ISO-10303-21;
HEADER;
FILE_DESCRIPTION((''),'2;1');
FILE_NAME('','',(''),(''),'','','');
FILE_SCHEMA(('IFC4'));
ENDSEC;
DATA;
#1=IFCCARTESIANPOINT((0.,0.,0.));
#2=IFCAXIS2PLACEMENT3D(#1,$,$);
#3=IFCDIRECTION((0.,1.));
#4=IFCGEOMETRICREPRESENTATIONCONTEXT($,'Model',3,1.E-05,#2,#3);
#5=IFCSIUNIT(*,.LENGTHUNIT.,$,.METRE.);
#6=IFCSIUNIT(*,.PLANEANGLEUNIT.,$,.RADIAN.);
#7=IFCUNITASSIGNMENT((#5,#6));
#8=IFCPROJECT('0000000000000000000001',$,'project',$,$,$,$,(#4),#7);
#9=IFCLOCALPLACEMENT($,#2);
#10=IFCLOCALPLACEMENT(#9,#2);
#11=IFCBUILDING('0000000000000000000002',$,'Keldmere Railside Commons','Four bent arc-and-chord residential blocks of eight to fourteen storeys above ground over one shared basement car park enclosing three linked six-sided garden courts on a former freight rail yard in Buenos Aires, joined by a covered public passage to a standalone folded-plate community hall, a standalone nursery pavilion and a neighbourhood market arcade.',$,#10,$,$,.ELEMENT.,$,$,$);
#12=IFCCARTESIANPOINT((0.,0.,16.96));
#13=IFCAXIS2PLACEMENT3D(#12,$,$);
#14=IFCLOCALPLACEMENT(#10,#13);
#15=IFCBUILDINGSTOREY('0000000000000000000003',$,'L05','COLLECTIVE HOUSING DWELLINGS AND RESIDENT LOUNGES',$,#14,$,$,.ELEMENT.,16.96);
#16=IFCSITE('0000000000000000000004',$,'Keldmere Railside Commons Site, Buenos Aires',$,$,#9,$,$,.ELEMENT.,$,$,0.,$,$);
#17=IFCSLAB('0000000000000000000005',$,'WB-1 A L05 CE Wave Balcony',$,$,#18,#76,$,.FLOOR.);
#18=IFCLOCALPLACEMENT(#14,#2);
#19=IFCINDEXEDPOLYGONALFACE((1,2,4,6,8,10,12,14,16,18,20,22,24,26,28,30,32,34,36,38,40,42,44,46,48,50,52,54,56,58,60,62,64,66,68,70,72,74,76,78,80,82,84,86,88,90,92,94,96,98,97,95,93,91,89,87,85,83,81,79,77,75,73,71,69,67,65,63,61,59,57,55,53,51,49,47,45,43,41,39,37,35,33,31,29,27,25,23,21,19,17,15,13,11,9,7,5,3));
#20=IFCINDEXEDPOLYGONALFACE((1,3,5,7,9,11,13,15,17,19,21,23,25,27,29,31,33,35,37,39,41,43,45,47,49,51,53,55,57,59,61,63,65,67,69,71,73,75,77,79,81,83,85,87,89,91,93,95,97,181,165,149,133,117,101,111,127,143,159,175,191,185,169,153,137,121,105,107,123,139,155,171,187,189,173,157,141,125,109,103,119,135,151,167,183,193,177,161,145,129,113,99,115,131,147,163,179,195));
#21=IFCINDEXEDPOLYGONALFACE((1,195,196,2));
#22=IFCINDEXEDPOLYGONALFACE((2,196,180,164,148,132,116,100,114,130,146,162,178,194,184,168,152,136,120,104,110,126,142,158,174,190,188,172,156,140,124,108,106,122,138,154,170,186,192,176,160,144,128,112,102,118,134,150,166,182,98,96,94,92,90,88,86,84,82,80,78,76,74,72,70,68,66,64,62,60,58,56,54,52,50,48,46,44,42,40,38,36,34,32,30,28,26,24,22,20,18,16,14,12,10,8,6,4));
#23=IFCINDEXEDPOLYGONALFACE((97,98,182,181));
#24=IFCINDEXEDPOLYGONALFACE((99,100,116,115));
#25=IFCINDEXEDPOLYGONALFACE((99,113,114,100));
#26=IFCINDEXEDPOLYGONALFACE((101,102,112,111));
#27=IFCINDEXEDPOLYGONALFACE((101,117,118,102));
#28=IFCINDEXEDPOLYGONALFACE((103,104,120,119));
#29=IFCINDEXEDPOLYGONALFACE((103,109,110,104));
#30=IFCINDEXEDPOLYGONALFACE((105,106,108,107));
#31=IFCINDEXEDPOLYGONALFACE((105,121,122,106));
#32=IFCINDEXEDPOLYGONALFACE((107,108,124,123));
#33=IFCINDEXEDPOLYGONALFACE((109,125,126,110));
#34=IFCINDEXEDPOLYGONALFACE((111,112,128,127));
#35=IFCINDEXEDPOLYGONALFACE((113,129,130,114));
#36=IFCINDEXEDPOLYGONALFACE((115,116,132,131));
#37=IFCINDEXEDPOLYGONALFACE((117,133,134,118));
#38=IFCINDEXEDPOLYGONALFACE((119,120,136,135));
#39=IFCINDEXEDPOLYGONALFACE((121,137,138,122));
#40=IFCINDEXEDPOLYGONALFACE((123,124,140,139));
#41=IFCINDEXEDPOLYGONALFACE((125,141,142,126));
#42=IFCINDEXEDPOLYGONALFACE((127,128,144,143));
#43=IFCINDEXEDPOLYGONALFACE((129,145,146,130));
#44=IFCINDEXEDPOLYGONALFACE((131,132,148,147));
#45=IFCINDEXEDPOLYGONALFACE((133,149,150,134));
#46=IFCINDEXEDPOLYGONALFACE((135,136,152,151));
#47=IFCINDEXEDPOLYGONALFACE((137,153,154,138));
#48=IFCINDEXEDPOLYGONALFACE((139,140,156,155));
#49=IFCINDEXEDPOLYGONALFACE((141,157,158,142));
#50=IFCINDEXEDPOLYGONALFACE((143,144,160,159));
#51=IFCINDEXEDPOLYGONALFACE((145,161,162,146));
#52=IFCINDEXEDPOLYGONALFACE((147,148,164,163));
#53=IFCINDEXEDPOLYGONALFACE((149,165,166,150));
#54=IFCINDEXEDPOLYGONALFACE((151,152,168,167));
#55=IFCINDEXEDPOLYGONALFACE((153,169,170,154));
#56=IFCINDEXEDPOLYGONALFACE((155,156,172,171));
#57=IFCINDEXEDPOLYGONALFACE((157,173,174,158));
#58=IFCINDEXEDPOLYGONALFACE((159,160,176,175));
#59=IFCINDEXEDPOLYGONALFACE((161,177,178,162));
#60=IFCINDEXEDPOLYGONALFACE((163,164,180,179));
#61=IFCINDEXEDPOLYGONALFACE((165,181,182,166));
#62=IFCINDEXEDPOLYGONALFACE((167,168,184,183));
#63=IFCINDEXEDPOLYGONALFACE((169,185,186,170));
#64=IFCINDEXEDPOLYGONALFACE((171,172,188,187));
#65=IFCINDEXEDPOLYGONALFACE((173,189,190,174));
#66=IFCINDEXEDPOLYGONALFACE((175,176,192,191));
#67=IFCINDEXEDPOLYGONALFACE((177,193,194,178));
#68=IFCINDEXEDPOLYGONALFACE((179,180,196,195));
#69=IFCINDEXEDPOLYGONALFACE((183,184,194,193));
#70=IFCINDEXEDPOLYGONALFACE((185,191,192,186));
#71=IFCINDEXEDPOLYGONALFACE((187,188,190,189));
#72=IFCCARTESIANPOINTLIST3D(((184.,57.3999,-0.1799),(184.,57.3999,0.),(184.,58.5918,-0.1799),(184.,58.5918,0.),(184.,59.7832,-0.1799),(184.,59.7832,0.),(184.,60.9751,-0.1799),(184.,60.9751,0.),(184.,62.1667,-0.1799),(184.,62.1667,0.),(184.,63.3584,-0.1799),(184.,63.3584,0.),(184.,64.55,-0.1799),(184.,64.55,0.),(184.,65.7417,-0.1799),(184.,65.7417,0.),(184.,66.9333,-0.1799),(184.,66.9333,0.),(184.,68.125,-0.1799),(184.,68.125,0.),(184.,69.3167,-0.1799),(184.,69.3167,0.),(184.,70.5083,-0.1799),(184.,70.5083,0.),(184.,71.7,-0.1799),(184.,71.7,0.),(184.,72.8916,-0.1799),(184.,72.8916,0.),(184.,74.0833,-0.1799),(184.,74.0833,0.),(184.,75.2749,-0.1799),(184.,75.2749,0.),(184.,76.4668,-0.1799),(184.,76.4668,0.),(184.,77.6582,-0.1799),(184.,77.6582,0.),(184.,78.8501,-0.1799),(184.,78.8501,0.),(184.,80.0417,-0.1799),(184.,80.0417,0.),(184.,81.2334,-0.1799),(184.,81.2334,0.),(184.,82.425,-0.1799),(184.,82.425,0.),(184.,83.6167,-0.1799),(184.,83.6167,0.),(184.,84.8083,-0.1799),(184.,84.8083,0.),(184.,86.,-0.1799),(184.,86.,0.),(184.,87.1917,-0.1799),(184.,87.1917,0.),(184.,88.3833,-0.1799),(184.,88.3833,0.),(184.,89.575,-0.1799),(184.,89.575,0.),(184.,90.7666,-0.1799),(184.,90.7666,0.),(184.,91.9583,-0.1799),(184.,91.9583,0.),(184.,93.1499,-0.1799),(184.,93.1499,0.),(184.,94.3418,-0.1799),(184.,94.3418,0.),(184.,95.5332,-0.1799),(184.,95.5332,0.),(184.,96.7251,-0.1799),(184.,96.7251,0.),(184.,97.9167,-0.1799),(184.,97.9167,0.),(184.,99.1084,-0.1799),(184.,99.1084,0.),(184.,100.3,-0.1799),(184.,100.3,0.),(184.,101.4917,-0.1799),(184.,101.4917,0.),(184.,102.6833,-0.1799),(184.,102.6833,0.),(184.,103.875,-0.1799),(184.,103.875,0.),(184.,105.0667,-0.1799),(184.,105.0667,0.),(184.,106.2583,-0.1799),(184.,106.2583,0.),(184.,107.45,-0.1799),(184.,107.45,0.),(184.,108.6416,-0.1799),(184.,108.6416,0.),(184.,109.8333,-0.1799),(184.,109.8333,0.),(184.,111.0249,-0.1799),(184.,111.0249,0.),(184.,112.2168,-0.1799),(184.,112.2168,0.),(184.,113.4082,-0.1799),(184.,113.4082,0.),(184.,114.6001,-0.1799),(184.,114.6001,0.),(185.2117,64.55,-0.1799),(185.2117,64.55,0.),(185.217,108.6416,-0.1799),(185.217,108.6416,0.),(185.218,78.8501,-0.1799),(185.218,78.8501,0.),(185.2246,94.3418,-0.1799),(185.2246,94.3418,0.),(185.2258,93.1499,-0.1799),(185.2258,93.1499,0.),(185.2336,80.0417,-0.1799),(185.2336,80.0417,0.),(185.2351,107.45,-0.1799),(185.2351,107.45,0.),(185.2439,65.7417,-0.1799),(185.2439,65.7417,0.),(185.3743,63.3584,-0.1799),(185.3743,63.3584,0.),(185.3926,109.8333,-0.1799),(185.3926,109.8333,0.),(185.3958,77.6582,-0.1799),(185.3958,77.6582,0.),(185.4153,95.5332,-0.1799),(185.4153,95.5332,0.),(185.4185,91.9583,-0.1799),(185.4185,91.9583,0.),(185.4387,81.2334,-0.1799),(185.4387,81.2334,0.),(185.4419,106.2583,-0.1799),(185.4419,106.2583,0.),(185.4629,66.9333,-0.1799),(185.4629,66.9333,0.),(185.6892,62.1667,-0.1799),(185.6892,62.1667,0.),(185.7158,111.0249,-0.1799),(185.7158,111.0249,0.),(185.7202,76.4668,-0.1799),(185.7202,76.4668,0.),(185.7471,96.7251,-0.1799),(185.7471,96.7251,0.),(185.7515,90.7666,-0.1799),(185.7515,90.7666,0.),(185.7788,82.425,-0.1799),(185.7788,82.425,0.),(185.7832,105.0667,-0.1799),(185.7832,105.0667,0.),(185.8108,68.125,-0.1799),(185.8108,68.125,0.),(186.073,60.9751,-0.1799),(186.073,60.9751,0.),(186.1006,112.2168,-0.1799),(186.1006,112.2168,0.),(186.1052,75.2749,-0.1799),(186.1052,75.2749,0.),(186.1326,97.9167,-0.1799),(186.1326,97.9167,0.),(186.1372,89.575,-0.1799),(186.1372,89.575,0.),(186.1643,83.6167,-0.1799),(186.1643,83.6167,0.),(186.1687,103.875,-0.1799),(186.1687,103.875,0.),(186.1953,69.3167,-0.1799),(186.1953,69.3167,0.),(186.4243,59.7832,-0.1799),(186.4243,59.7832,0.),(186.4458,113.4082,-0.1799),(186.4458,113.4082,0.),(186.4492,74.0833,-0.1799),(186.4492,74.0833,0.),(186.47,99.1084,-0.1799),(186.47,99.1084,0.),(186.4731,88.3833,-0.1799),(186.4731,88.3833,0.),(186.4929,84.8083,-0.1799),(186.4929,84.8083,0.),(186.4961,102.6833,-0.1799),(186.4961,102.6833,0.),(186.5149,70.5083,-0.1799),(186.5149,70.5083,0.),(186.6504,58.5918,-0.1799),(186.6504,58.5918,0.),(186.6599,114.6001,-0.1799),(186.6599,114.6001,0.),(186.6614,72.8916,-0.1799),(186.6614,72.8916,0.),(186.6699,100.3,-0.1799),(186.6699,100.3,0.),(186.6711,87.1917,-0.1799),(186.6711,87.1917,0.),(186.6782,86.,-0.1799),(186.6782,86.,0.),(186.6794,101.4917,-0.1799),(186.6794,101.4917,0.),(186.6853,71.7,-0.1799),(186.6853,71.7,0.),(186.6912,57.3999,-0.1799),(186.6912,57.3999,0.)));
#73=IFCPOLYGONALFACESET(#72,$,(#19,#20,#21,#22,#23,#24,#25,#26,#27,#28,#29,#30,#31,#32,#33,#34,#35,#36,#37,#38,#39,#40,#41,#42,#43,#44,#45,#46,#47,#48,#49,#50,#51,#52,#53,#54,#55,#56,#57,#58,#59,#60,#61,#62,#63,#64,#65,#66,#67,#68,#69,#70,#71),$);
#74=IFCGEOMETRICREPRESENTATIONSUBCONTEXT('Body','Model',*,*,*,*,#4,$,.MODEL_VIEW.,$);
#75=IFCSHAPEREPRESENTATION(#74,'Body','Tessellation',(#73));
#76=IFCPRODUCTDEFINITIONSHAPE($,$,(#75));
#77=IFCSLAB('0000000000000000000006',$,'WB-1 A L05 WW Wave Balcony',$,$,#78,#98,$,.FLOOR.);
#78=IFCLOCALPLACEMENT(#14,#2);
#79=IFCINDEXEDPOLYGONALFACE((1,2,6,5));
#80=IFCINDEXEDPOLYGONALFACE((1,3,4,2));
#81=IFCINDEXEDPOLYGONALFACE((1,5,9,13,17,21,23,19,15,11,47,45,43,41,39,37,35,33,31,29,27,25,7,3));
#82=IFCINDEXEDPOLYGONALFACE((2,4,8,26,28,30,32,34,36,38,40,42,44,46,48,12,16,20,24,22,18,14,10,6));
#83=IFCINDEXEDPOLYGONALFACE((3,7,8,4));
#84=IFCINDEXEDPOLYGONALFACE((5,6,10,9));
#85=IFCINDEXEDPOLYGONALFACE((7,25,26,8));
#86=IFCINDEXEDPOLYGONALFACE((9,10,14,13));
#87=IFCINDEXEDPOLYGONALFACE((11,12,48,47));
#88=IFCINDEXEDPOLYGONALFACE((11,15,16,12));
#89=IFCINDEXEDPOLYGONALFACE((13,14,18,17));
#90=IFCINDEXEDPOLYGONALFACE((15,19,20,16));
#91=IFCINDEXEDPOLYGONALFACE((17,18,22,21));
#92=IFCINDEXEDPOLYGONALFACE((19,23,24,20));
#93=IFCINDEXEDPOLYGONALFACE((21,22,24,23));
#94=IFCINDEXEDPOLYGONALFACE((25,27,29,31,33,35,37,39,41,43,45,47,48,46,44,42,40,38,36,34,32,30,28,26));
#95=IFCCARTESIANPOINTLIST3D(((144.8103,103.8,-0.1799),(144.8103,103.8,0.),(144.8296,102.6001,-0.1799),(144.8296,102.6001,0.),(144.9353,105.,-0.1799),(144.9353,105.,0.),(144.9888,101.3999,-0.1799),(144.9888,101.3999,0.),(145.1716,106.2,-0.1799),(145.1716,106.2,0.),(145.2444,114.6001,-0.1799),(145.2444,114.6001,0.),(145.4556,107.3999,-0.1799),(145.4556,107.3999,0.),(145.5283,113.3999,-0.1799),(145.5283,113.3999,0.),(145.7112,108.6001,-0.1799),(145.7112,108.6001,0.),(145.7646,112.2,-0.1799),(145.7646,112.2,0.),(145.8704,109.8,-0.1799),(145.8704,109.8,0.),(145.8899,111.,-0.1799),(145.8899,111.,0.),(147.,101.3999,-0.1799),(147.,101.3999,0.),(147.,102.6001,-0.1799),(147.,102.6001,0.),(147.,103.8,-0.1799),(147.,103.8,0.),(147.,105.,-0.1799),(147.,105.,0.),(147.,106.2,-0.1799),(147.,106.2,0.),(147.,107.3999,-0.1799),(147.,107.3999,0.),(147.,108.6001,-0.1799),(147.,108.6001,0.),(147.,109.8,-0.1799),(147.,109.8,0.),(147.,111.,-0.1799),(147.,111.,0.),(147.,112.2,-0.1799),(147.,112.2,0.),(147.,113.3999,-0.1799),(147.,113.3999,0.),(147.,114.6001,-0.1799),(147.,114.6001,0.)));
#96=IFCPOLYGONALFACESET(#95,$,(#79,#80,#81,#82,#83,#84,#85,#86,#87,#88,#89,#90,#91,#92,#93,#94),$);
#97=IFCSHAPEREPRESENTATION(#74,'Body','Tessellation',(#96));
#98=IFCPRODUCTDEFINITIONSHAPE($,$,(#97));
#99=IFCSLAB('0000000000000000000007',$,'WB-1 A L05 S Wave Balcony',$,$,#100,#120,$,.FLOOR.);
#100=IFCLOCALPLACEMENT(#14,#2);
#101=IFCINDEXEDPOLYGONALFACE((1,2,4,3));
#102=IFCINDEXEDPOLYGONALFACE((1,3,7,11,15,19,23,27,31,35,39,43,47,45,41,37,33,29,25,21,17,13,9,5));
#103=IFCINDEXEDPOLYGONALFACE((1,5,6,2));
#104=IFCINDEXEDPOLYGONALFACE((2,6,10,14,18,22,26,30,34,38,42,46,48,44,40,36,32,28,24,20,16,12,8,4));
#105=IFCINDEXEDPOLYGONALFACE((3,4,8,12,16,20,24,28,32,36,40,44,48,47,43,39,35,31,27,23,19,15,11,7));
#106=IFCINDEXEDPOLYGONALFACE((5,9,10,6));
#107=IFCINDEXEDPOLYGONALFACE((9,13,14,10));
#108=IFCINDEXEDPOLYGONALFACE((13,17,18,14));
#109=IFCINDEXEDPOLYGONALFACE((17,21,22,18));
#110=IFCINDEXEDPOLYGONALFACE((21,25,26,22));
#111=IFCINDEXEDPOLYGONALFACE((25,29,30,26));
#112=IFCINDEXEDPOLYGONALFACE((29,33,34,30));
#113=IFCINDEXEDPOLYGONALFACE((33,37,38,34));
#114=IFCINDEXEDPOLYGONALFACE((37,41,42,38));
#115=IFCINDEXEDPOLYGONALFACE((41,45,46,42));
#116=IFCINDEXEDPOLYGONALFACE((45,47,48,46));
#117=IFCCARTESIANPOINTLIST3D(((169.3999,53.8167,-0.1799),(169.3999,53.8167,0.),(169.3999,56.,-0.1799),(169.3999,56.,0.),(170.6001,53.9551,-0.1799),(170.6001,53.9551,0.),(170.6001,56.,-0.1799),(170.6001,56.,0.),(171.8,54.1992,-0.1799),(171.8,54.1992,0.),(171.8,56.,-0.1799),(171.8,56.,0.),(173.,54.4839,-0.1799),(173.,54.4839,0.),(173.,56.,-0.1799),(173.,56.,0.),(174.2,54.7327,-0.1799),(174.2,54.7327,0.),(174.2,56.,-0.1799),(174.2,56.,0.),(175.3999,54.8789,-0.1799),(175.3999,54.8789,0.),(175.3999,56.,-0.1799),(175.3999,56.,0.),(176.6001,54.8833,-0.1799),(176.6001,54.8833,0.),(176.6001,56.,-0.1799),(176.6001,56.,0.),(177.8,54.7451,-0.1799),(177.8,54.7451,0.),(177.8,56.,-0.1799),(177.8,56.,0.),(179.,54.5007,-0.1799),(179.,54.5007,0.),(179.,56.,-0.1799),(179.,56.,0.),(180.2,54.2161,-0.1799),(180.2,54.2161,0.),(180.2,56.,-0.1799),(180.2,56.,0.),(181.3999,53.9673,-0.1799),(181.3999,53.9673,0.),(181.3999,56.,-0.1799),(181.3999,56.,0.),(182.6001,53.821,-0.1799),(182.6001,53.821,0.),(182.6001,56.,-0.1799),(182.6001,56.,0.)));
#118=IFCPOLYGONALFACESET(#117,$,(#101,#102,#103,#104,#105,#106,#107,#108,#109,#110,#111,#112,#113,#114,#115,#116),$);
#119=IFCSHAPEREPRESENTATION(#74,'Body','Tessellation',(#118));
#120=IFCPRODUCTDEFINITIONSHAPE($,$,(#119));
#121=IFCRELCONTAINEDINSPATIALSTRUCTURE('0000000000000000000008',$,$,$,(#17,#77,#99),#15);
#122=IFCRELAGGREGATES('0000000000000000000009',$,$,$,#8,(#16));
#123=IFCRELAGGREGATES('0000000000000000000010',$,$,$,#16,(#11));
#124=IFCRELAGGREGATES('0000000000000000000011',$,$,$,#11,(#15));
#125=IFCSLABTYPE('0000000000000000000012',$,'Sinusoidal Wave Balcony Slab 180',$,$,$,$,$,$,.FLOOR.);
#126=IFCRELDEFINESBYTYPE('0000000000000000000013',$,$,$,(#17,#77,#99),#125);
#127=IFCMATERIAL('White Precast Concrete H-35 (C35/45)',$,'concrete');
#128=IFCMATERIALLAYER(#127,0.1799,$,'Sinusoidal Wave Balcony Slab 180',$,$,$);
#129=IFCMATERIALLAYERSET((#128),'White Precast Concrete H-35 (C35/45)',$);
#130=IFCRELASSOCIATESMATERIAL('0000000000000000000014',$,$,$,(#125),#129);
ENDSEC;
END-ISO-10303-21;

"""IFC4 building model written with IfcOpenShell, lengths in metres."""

from ifc_helpers import new_model, si_unit, direction, frame, origin, place, context, subcontext, project, spatial, polyline, outline, extrude, material, layer, layer_set, type_object, element, save


model = new_model("IFC4")

# Units and contexts
model_context = context("Model", 3, precision=1e-05, world=origin(), true_north=direction((0.0, 1.0)))
body_context = subcontext(model_context, "Body", "Model", "MODEL_VIEW")
ifc_project = project(units=[si_unit("LENGTHUNIT", "METRE"), si_unit("PLANEANGLEUNIT", "RADIAN")], contexts=[model_context])

# Site, building, storey
site_placement = place(None, origin())
site = spatial("IfcSite", under=ifc_project, at=site_placement, Name="Keldmere Railside Commons Site, Buenos Aires", CompositionType="ELEMENT", RefElevation=0.0)
building_placement = place(site_placement, origin())
building = spatial("IfcBuilding", under=site, at=building_placement, Name="Keldmere Railside Commons", Description="Four bent arc-and-chord residential blocks of eight to fourteen storeys above ground over one shared basement car park enclosing three linked six-sided garden courts on a former freight rail yard in Buenos Aires, joined by a covered public passage to a standalone folded-plate community hall, a standalone nursery pavilion and a neighbourhood market arcade.", CompositionType="ELEMENT")
storey_placement = place(building_placement, frame((0.0, 0.0, 16.96)))
storey = spatial("IfcBuildingStorey", under=building, at=storey_placement, Name="L05", Description="COLLECTIVE HOUSING DWELLINGS AND RESIDENT LOUNGES", CompositionType="ELEMENT", Elevation=16.96)

# Slabs
ifc_material_1 = material(Name="White Precast Concrete H-35 (C35/45)", Category="concrete")
ifc_layer_1 = layer(ifc_material_1, 0.1799, Name="Sinusoidal Wave Balcony Slab 180")
ifc_layer_set_1 = layer_set([ifc_layer_1], Name="White Precast Concrete H-35 (C35/45)")
slab_type_1 = type_object("IfcSlabType", Name="Sinusoidal Wave Balcony Slab 180", PredefinedType="FLOOR", material=ifc_layer_set_1)
slab_1_placement = place(storey_placement, frame((0.0, 0.0, -0.1799)))
element("IfcSlab", 1, at=slab_1_placement, inside=storey, type_object=slab_type_1, Name="WB-1 A L05 CE Wave Balcony", PredefinedType="FLOOR", context=body_context, shape_type="SweptSolid", body=[
    extrude(outline(polyline([(186.6912, 57.3999), (186.6504, 58.5918), (186.4243, 59.7832), (186.073, 60.9751), (185.6892, 62.1667), (185.3743, 63.3584), (185.2117, 64.55), (185.2439, 65.7417), (185.4629, 66.9333), (185.8108, 68.125), (186.1953, 69.3167), (186.5149, 70.5083), (186.6853, 71.7), (186.6614, 72.8916), (186.4492, 74.0833), (186.1052, 75.2749), (185.7202, 76.4668), (185.3958, 77.6582), (185.218, 78.8501), (185.2336, 80.0417), (185.4387, 81.2334), (185.7788, 82.425), (186.1643, 83.6167), (186.4929, 84.8083), (186.6782, 86.0), (186.6711, 87.1917), (186.4731, 88.3833), (186.1372, 89.575), (185.7515, 90.7666), (185.4185, 91.9583), (185.2258, 93.1499), (185.2246, 94.3418), (185.4153, 95.5332), (185.7471, 96.7251), (186.1326, 97.9167), (186.47, 99.1084), (186.6699, 100.3), (186.6794, 101.4917), (186.4961, 102.6833), (186.1687, 103.875), (185.7832, 105.0667), (185.4419, 106.2583), (185.2351, 107.45), (185.217, 108.6416), (185.3926, 109.8333), (185.7158, 111.0249), (186.1006, 112.2168), (186.4458, 113.4082), (186.6599, 114.6001), (184.0, 114.6001), (184.0, 113.4082), (184.0, 112.2168), (184.0, 111.0249), (184.0, 109.8333), (184.0, 108.6416), (184.0, 107.45), (184.0, 106.2583), (184.0, 105.0667), (184.0, 103.875), (184.0, 102.6833), (184.0, 101.4917), (184.0, 100.3), (184.0, 99.1084), (184.0, 97.9167), (184.0, 96.7251), (184.0, 95.5332), (184.0, 94.3418), (184.0, 93.1499), (184.0, 91.9583), (184.0, 90.7666), (184.0, 89.575), (184.0, 88.3833), (184.0, 87.1917), (184.0, 86.0), (184.0, 84.8083), (184.0, 83.6167), (184.0, 82.425), (184.0, 81.2334), (184.0, 80.0417), (184.0, 78.8501), (184.0, 77.6582), (184.0, 76.4668), (184.0, 75.2749), (184.0, 74.0833), (184.0, 72.8916), (184.0, 71.7), (184.0, 70.5083), (184.0, 69.3167), (184.0, 68.125), (184.0, 66.9333), (184.0, 65.7417), (184.0, 64.55), (184.0, 63.3584), (184.0, 62.1667), (184.0, 60.9751), (184.0, 59.7832), (184.0, 58.5918), (184.0, 57.3999), (186.6912, 57.3999)])), origin(), (0.0, 0.0, 1.0), 0.1799),
])
slab_2_placement = place(storey_placement, frame((0.0, 0.0, -0.1799)))
element("IfcSlab", 2, at=slab_2_placement, inside=storey, type_object=slab_type_1, Name="WB-1 A L05 WW Wave Balcony", PredefinedType="FLOOR", context=body_context, shape_type="SweptSolid", body=[
    extrude(outline(polyline([(147.0, 101.3999), (147.0, 102.6001), (147.0, 103.8), (147.0, 105.0), (147.0, 106.2), (147.0, 107.3999), (147.0, 108.6001), (147.0, 109.8), (147.0, 111.0), (147.0, 112.2), (147.0, 113.3999), (147.0, 114.6001), (145.2444, 114.6001), (145.5283, 113.3999), (145.7646, 112.2), (145.8899, 111.0), (145.8704, 109.8), (145.7112, 108.6001), (145.4556, 107.3999), (145.1716, 106.2), (144.9353, 105.0), (144.8103, 103.8), (144.8296, 102.6001), (144.9888, 101.3999), (147.0, 101.3999)])), origin(), (0.0, 0.0, 1.0), 0.1799),
])
slab_3_placement = place(storey_placement, frame((0.0, 0.0, -0.1799)))
element("IfcSlab", 3, at=slab_3_placement, inside=storey, type_object=slab_type_1, Name="WB-1 A L05 S Wave Balcony", PredefinedType="FLOOR", context=body_context, shape_type="SweptSolid", body=[
    extrude(outline(polyline([(169.3999, 53.8167), (170.6001, 53.9551), (171.8, 54.1992), (173.0, 54.4839), (174.2, 54.7327), (175.3999, 54.8789), (176.6001, 54.8833), (177.8, 54.7451), (179.0, 54.5007), (180.2, 54.2161), (181.3999, 53.9673), (182.6001, 53.821), (182.6001, 56.0), (181.3999, 56.0), (180.2, 56.0), (179.0, 56.0), (177.8, 56.0), (176.6001, 56.0), (175.3999, 56.0), (174.2, 56.0), (173.0, 56.0), (171.8, 56.0), (170.6001, 56.0), (169.3999, 56.0), (169.3999, 53.8167)])), origin(), (0.0, 0.0, 1.0), 0.1799),
])

save(model, "model.ifc")
